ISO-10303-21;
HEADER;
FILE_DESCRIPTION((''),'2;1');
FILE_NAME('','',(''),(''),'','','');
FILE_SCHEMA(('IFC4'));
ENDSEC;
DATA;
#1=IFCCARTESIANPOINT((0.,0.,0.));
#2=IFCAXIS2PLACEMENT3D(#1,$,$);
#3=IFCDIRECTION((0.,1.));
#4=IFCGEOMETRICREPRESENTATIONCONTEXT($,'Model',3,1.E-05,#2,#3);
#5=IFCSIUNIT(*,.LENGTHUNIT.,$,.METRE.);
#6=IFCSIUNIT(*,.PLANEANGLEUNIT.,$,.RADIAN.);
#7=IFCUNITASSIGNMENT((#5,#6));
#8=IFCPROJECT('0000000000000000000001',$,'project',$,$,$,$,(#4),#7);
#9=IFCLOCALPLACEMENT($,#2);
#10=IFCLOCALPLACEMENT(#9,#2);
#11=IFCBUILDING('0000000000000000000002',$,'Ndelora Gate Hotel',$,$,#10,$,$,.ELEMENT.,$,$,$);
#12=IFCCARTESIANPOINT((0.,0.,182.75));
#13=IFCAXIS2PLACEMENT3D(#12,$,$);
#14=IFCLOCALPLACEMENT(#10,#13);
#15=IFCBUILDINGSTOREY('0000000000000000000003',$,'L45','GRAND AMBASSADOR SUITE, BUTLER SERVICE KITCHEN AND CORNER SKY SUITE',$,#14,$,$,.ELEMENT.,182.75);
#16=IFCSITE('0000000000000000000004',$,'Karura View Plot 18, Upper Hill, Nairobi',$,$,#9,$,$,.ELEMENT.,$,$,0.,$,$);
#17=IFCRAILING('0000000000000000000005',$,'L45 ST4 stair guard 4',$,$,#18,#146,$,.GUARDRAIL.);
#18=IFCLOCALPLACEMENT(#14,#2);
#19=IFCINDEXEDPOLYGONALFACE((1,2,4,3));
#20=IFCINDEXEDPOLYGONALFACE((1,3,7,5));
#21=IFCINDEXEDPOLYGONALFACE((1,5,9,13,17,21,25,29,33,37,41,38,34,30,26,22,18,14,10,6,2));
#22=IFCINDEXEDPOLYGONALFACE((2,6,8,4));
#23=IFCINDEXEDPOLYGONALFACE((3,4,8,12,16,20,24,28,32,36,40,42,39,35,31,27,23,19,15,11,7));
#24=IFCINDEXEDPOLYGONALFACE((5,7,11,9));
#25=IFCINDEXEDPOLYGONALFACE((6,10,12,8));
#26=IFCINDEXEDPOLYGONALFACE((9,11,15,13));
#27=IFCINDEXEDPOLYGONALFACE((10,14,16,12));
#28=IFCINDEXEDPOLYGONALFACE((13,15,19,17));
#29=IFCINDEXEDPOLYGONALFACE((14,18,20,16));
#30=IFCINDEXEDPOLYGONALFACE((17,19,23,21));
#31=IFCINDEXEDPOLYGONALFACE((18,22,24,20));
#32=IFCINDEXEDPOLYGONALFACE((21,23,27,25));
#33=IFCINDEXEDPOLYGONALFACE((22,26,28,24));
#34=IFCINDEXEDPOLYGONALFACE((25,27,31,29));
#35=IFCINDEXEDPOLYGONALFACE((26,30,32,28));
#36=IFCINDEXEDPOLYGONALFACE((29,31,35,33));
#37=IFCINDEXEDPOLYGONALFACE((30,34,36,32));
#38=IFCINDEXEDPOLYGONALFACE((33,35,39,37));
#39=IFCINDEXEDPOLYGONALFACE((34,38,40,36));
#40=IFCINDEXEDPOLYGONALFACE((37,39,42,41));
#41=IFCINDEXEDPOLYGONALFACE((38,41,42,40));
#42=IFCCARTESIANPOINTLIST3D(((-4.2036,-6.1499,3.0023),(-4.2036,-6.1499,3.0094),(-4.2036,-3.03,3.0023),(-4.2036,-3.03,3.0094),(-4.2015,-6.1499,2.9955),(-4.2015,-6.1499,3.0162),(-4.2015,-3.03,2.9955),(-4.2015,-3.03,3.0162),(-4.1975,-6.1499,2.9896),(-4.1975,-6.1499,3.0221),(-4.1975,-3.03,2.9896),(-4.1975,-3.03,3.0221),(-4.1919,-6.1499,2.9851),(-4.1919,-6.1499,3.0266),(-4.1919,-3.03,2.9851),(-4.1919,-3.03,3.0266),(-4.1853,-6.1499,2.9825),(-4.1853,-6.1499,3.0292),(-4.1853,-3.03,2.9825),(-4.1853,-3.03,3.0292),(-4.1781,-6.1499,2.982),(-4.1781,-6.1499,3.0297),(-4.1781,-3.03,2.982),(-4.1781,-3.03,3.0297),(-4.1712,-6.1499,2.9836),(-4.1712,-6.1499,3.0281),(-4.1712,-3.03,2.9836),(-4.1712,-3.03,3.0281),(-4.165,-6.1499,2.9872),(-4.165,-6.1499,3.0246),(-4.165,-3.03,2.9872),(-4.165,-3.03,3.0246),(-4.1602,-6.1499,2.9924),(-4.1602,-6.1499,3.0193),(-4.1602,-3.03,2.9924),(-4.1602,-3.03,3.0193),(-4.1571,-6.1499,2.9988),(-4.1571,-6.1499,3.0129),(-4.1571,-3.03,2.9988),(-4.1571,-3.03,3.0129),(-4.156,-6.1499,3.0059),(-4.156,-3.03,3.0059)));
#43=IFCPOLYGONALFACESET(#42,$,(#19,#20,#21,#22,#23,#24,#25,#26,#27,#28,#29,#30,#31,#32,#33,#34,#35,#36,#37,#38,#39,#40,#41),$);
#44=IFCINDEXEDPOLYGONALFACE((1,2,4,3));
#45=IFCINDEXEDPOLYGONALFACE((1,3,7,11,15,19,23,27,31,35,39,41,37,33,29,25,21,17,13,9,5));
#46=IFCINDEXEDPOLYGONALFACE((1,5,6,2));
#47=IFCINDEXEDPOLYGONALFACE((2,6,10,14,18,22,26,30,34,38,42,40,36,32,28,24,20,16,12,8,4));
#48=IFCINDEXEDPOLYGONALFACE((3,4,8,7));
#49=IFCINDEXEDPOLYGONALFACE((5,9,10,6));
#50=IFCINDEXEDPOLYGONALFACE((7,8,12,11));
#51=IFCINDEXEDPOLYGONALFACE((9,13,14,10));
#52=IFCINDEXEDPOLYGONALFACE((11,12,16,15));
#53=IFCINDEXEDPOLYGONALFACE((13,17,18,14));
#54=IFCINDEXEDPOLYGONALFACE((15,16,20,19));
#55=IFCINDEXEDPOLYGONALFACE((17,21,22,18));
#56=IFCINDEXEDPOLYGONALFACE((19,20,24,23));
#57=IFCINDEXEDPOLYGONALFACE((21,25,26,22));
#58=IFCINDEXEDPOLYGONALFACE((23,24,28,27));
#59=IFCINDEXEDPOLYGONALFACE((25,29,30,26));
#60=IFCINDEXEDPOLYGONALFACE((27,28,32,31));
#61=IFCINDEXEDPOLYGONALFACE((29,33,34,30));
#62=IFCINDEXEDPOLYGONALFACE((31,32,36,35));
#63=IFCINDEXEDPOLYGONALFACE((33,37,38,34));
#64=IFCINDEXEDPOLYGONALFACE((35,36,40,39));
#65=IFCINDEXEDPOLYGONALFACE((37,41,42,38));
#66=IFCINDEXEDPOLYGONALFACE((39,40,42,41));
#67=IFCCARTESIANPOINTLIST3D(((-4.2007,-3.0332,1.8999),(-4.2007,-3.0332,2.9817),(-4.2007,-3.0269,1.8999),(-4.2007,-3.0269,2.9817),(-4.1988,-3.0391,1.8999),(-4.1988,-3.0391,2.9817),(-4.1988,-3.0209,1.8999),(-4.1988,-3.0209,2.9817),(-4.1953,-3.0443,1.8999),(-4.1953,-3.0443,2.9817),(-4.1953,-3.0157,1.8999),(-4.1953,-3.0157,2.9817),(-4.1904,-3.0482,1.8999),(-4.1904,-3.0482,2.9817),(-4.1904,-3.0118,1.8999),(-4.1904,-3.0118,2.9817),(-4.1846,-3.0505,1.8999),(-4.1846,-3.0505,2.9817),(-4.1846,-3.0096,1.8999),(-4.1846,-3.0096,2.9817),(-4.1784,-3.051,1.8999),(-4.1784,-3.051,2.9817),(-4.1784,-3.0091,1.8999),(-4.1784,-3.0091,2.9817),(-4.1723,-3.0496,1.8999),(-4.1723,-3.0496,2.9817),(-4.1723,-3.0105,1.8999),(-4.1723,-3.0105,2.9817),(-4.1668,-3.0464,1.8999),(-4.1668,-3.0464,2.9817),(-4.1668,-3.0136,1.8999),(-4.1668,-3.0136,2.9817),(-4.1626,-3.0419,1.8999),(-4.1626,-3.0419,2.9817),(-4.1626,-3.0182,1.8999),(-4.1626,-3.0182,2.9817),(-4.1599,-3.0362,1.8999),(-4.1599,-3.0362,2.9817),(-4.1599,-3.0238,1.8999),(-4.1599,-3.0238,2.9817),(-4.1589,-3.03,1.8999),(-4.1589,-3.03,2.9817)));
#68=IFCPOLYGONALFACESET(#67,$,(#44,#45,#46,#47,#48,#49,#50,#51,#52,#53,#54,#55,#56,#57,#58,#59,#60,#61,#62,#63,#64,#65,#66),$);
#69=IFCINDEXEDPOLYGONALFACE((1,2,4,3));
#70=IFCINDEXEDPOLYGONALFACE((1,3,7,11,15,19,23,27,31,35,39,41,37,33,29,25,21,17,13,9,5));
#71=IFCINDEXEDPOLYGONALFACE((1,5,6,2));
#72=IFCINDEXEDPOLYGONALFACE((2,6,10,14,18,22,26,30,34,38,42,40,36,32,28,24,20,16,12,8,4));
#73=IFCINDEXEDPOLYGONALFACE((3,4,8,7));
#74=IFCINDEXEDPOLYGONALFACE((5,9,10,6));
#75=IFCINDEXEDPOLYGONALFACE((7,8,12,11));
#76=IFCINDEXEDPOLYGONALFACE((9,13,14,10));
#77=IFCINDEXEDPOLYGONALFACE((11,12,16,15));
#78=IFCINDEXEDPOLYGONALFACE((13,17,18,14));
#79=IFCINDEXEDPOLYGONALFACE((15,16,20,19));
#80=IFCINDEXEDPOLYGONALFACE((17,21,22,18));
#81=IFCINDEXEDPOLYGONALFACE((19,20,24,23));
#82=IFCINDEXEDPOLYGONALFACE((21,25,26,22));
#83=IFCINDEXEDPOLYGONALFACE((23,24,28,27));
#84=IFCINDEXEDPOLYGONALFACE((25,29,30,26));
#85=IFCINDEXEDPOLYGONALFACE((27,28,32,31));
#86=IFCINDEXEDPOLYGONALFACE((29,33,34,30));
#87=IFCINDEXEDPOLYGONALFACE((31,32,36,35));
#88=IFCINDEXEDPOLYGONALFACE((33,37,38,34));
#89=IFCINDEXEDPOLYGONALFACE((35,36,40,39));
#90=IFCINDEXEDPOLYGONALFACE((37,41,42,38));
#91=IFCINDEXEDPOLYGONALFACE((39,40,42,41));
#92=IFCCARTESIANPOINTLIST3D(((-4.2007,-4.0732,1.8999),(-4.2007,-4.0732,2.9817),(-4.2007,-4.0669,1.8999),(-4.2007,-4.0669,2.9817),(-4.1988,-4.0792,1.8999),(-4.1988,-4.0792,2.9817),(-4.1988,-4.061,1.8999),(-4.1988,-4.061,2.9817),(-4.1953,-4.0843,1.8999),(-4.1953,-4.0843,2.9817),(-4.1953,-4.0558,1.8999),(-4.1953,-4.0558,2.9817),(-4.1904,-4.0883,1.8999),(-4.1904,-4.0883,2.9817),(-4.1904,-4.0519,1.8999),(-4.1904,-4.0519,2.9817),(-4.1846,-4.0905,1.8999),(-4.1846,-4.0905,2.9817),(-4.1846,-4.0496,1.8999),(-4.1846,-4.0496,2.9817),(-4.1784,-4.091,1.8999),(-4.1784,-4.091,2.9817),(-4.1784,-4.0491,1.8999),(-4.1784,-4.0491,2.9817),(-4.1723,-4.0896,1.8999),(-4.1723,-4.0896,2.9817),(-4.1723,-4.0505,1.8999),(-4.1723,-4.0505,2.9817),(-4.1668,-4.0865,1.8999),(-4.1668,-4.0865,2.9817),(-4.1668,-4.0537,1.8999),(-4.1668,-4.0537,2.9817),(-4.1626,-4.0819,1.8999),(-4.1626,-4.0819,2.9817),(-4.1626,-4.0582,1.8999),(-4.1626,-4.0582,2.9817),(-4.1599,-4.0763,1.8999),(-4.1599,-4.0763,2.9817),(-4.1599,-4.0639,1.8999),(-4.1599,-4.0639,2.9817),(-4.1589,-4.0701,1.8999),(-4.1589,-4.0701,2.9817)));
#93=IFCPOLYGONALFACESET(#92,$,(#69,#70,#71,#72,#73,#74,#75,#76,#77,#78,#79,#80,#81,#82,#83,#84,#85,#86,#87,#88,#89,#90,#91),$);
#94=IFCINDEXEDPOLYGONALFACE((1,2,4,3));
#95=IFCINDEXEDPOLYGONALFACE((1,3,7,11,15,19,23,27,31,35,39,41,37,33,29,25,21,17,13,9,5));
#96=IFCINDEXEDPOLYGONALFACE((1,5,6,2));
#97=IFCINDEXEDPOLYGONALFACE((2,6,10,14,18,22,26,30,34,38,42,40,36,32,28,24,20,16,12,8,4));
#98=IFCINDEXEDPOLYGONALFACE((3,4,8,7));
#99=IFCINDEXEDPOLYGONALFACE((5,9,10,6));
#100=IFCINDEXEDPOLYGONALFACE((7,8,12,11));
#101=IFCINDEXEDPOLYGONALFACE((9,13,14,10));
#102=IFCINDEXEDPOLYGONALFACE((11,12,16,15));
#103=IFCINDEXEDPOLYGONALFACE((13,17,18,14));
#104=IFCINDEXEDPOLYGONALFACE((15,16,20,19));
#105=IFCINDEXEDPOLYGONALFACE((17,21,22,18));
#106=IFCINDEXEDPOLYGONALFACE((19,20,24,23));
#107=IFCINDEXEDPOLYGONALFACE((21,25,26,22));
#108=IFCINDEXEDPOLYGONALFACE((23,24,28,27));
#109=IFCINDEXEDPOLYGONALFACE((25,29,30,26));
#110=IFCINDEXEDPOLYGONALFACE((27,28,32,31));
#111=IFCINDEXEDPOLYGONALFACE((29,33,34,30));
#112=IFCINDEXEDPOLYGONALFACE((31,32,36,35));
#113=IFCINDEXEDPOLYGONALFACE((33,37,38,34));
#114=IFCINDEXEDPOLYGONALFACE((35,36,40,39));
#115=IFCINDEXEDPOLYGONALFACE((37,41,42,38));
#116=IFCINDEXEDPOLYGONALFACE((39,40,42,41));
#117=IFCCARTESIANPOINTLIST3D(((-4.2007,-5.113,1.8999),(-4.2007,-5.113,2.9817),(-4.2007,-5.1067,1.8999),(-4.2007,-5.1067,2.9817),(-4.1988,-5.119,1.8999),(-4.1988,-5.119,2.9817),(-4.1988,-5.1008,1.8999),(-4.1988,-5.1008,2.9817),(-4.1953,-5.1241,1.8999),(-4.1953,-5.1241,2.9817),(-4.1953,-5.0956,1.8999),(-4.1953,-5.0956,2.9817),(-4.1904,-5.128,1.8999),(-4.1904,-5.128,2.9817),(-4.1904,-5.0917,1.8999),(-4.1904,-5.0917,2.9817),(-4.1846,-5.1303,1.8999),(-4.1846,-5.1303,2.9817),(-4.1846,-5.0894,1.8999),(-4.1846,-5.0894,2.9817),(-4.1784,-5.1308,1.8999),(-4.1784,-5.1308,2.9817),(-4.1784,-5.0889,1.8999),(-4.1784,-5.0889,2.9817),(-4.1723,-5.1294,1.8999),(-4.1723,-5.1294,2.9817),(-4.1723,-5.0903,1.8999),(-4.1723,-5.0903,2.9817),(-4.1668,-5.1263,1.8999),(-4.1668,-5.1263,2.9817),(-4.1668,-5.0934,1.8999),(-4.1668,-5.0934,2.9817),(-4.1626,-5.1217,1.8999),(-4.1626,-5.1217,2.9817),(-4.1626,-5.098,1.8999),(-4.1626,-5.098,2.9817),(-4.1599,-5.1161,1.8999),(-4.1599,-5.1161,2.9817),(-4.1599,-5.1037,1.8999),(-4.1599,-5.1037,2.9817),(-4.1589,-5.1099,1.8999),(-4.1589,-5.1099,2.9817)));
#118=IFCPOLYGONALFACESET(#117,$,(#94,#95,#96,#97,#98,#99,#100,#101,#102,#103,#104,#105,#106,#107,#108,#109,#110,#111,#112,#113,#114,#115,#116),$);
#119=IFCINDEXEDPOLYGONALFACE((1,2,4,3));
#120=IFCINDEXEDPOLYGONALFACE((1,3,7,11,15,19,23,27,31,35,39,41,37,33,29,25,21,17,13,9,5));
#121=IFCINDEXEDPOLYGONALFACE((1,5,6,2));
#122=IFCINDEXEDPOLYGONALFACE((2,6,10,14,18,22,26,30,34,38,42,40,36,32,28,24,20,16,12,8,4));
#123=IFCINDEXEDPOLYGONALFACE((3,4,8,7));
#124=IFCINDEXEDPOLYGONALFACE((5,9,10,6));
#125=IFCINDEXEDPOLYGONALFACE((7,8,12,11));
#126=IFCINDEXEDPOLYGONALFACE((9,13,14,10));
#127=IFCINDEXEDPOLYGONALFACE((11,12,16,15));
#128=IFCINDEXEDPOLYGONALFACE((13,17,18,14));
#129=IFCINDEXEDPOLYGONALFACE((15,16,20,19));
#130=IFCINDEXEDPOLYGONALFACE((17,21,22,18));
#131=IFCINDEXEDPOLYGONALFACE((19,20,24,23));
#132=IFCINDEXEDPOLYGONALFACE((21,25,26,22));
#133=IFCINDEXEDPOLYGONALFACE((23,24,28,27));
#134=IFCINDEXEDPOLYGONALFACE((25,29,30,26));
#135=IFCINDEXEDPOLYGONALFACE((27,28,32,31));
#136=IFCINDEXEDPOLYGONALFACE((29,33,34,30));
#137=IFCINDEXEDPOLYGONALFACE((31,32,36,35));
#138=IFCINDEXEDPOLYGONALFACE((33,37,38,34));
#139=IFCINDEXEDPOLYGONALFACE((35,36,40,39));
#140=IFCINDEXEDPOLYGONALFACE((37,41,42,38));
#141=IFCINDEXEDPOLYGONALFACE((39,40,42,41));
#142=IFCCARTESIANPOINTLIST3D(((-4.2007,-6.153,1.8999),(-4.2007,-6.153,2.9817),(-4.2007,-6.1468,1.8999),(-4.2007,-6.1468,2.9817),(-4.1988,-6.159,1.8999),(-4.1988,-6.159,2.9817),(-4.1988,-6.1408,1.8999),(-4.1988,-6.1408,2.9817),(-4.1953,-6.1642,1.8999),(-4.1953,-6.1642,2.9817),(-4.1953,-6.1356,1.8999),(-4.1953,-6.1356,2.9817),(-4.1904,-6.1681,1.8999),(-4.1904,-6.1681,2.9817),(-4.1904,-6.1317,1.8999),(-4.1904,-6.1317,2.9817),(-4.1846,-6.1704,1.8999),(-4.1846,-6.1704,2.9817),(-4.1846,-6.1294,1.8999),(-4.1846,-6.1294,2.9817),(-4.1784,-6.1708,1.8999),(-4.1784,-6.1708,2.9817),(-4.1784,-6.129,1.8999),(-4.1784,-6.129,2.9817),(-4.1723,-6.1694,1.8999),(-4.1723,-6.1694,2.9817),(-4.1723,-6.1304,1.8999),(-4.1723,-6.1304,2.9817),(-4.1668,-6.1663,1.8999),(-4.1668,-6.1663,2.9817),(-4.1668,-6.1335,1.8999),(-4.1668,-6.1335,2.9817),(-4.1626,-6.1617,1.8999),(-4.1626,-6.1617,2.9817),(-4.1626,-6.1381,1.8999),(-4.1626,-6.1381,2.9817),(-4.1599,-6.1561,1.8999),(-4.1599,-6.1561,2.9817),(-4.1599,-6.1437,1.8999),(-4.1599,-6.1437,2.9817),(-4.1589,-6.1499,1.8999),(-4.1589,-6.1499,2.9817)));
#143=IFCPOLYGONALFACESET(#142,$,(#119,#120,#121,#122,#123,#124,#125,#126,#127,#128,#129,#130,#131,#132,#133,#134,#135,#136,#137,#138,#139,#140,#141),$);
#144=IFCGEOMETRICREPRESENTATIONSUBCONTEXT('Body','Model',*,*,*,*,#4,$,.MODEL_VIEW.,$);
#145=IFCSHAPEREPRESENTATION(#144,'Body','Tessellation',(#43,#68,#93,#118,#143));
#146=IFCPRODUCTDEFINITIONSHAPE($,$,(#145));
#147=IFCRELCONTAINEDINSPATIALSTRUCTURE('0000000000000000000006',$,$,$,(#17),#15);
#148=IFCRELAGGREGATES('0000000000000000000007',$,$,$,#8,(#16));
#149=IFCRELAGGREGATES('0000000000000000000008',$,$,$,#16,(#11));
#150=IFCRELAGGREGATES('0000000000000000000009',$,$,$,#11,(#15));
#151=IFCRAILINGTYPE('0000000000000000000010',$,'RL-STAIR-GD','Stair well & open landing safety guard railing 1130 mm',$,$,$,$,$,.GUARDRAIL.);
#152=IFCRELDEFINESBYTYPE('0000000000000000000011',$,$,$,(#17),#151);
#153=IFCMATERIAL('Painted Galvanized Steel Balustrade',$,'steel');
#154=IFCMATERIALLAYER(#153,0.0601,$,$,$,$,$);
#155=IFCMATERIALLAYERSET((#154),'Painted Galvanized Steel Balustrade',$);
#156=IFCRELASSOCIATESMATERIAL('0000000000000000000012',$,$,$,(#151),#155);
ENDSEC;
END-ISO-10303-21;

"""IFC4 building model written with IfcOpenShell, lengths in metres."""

from ifc_helpers import new_model, si_unit, direction, frame, origin, origin_2d, place, context, subcontext, project, spatial, circle, extrude, material, layer, layer_set, type_object, element, save


model = new_model("IFC4")

# Units and contexts
model_context = context("Model", 3, precision=1e-05, world=origin(), true_north=direction((0.0, 1.0)))
body_context = subcontext(model_context, "Body", "Model", "MODEL_VIEW")
ifc_project = project(units=[si_unit("LENGTHUNIT", "METRE"), si_unit("PLANEANGLEUNIT", "RADIAN")], contexts=[model_context])

# Site, building, storey
site_placement = place(None, origin())
site = spatial("IfcSite", under=ifc_project, at=site_placement, Name="Karura View Plot 18, Upper Hill, Nairobi", CompositionType="ELEMENT", RefElevation=0.0)
building_placement = place(site_placement, origin())
building = spatial("IfcBuilding", under=site, at=building_placement, Name="Ndelora Gate Hotel", CompositionType="ELEMENT")
storey_placement = place(building_placement, frame((0.0, 0.0, 182.75)))
storey = spatial("IfcBuildingStorey", under=building, at=storey_placement, Name="L45", Description="GRAND AMBASSADOR SUITE, BUTLER SERVICE KITCHEN AND CORNER SKY SUITE", CompositionType="ELEMENT", Elevation=182.75)

# Railing
ifc_material_1 = material(Name="Painted Galvanized Steel Balustrade", Category="steel")
ifc_layer_1 = layer(ifc_material_1, 0.0601)
ifc_layer_set_1 = layer_set([ifc_layer_1], Name="Painted Galvanized Steel Balustrade")
railing_type_1 = type_object("IfcRailingType", Name="RL-STAIR-GD", Description="Stair well & open landing safety guard railing 1130 mm", PredefinedType="GUARDRAIL", material=ifc_layer_set_1)
for number, where, name in (
    (1, (-4.1799, -3.03, 1.8999), "L45 ST4 stair guard 4"),
):
    element("IfcRailing", number, at=place(storey_placement, frame(where)), inside=storey, type_object=railing_type_1, Name=name, PredefinedType="GUARDRAIL", context=body_context, shape_type="SweptSolid", body=[
        extrude(circle(Radius=0.0239, at=origin_2d()), frame((0.0, 0.0, 1.106), z_axis=(0.0, -1.0, 0.0), x_axis=(1.0, 0.0, 0.0)), (0.0, 0.0, 1.0), 3.1199),
        extrude(circle(Radius=0.021, at=origin_2d()), origin(), (0.0, 0.0, 1.0), 1.0818),
        extrude(circle(Radius=0.021, at=origin_2d()), frame((0.0, -1.04, 0.0)), (0.0, 0.0, 1.0), 1.0818),
        extrude(circle(Radius=0.021, at=origin_2d()), frame((0.0, -2.0798, 0.0)), (0.0, 0.0, 1.0), 1.0818),
        extrude(circle(Radius=0.021, at=origin_2d()), frame((0.0, -3.1199, 0.0)), (0.0, 0.0, 1.0), 1.0818),
    ])

save(model, "model.ifc")
